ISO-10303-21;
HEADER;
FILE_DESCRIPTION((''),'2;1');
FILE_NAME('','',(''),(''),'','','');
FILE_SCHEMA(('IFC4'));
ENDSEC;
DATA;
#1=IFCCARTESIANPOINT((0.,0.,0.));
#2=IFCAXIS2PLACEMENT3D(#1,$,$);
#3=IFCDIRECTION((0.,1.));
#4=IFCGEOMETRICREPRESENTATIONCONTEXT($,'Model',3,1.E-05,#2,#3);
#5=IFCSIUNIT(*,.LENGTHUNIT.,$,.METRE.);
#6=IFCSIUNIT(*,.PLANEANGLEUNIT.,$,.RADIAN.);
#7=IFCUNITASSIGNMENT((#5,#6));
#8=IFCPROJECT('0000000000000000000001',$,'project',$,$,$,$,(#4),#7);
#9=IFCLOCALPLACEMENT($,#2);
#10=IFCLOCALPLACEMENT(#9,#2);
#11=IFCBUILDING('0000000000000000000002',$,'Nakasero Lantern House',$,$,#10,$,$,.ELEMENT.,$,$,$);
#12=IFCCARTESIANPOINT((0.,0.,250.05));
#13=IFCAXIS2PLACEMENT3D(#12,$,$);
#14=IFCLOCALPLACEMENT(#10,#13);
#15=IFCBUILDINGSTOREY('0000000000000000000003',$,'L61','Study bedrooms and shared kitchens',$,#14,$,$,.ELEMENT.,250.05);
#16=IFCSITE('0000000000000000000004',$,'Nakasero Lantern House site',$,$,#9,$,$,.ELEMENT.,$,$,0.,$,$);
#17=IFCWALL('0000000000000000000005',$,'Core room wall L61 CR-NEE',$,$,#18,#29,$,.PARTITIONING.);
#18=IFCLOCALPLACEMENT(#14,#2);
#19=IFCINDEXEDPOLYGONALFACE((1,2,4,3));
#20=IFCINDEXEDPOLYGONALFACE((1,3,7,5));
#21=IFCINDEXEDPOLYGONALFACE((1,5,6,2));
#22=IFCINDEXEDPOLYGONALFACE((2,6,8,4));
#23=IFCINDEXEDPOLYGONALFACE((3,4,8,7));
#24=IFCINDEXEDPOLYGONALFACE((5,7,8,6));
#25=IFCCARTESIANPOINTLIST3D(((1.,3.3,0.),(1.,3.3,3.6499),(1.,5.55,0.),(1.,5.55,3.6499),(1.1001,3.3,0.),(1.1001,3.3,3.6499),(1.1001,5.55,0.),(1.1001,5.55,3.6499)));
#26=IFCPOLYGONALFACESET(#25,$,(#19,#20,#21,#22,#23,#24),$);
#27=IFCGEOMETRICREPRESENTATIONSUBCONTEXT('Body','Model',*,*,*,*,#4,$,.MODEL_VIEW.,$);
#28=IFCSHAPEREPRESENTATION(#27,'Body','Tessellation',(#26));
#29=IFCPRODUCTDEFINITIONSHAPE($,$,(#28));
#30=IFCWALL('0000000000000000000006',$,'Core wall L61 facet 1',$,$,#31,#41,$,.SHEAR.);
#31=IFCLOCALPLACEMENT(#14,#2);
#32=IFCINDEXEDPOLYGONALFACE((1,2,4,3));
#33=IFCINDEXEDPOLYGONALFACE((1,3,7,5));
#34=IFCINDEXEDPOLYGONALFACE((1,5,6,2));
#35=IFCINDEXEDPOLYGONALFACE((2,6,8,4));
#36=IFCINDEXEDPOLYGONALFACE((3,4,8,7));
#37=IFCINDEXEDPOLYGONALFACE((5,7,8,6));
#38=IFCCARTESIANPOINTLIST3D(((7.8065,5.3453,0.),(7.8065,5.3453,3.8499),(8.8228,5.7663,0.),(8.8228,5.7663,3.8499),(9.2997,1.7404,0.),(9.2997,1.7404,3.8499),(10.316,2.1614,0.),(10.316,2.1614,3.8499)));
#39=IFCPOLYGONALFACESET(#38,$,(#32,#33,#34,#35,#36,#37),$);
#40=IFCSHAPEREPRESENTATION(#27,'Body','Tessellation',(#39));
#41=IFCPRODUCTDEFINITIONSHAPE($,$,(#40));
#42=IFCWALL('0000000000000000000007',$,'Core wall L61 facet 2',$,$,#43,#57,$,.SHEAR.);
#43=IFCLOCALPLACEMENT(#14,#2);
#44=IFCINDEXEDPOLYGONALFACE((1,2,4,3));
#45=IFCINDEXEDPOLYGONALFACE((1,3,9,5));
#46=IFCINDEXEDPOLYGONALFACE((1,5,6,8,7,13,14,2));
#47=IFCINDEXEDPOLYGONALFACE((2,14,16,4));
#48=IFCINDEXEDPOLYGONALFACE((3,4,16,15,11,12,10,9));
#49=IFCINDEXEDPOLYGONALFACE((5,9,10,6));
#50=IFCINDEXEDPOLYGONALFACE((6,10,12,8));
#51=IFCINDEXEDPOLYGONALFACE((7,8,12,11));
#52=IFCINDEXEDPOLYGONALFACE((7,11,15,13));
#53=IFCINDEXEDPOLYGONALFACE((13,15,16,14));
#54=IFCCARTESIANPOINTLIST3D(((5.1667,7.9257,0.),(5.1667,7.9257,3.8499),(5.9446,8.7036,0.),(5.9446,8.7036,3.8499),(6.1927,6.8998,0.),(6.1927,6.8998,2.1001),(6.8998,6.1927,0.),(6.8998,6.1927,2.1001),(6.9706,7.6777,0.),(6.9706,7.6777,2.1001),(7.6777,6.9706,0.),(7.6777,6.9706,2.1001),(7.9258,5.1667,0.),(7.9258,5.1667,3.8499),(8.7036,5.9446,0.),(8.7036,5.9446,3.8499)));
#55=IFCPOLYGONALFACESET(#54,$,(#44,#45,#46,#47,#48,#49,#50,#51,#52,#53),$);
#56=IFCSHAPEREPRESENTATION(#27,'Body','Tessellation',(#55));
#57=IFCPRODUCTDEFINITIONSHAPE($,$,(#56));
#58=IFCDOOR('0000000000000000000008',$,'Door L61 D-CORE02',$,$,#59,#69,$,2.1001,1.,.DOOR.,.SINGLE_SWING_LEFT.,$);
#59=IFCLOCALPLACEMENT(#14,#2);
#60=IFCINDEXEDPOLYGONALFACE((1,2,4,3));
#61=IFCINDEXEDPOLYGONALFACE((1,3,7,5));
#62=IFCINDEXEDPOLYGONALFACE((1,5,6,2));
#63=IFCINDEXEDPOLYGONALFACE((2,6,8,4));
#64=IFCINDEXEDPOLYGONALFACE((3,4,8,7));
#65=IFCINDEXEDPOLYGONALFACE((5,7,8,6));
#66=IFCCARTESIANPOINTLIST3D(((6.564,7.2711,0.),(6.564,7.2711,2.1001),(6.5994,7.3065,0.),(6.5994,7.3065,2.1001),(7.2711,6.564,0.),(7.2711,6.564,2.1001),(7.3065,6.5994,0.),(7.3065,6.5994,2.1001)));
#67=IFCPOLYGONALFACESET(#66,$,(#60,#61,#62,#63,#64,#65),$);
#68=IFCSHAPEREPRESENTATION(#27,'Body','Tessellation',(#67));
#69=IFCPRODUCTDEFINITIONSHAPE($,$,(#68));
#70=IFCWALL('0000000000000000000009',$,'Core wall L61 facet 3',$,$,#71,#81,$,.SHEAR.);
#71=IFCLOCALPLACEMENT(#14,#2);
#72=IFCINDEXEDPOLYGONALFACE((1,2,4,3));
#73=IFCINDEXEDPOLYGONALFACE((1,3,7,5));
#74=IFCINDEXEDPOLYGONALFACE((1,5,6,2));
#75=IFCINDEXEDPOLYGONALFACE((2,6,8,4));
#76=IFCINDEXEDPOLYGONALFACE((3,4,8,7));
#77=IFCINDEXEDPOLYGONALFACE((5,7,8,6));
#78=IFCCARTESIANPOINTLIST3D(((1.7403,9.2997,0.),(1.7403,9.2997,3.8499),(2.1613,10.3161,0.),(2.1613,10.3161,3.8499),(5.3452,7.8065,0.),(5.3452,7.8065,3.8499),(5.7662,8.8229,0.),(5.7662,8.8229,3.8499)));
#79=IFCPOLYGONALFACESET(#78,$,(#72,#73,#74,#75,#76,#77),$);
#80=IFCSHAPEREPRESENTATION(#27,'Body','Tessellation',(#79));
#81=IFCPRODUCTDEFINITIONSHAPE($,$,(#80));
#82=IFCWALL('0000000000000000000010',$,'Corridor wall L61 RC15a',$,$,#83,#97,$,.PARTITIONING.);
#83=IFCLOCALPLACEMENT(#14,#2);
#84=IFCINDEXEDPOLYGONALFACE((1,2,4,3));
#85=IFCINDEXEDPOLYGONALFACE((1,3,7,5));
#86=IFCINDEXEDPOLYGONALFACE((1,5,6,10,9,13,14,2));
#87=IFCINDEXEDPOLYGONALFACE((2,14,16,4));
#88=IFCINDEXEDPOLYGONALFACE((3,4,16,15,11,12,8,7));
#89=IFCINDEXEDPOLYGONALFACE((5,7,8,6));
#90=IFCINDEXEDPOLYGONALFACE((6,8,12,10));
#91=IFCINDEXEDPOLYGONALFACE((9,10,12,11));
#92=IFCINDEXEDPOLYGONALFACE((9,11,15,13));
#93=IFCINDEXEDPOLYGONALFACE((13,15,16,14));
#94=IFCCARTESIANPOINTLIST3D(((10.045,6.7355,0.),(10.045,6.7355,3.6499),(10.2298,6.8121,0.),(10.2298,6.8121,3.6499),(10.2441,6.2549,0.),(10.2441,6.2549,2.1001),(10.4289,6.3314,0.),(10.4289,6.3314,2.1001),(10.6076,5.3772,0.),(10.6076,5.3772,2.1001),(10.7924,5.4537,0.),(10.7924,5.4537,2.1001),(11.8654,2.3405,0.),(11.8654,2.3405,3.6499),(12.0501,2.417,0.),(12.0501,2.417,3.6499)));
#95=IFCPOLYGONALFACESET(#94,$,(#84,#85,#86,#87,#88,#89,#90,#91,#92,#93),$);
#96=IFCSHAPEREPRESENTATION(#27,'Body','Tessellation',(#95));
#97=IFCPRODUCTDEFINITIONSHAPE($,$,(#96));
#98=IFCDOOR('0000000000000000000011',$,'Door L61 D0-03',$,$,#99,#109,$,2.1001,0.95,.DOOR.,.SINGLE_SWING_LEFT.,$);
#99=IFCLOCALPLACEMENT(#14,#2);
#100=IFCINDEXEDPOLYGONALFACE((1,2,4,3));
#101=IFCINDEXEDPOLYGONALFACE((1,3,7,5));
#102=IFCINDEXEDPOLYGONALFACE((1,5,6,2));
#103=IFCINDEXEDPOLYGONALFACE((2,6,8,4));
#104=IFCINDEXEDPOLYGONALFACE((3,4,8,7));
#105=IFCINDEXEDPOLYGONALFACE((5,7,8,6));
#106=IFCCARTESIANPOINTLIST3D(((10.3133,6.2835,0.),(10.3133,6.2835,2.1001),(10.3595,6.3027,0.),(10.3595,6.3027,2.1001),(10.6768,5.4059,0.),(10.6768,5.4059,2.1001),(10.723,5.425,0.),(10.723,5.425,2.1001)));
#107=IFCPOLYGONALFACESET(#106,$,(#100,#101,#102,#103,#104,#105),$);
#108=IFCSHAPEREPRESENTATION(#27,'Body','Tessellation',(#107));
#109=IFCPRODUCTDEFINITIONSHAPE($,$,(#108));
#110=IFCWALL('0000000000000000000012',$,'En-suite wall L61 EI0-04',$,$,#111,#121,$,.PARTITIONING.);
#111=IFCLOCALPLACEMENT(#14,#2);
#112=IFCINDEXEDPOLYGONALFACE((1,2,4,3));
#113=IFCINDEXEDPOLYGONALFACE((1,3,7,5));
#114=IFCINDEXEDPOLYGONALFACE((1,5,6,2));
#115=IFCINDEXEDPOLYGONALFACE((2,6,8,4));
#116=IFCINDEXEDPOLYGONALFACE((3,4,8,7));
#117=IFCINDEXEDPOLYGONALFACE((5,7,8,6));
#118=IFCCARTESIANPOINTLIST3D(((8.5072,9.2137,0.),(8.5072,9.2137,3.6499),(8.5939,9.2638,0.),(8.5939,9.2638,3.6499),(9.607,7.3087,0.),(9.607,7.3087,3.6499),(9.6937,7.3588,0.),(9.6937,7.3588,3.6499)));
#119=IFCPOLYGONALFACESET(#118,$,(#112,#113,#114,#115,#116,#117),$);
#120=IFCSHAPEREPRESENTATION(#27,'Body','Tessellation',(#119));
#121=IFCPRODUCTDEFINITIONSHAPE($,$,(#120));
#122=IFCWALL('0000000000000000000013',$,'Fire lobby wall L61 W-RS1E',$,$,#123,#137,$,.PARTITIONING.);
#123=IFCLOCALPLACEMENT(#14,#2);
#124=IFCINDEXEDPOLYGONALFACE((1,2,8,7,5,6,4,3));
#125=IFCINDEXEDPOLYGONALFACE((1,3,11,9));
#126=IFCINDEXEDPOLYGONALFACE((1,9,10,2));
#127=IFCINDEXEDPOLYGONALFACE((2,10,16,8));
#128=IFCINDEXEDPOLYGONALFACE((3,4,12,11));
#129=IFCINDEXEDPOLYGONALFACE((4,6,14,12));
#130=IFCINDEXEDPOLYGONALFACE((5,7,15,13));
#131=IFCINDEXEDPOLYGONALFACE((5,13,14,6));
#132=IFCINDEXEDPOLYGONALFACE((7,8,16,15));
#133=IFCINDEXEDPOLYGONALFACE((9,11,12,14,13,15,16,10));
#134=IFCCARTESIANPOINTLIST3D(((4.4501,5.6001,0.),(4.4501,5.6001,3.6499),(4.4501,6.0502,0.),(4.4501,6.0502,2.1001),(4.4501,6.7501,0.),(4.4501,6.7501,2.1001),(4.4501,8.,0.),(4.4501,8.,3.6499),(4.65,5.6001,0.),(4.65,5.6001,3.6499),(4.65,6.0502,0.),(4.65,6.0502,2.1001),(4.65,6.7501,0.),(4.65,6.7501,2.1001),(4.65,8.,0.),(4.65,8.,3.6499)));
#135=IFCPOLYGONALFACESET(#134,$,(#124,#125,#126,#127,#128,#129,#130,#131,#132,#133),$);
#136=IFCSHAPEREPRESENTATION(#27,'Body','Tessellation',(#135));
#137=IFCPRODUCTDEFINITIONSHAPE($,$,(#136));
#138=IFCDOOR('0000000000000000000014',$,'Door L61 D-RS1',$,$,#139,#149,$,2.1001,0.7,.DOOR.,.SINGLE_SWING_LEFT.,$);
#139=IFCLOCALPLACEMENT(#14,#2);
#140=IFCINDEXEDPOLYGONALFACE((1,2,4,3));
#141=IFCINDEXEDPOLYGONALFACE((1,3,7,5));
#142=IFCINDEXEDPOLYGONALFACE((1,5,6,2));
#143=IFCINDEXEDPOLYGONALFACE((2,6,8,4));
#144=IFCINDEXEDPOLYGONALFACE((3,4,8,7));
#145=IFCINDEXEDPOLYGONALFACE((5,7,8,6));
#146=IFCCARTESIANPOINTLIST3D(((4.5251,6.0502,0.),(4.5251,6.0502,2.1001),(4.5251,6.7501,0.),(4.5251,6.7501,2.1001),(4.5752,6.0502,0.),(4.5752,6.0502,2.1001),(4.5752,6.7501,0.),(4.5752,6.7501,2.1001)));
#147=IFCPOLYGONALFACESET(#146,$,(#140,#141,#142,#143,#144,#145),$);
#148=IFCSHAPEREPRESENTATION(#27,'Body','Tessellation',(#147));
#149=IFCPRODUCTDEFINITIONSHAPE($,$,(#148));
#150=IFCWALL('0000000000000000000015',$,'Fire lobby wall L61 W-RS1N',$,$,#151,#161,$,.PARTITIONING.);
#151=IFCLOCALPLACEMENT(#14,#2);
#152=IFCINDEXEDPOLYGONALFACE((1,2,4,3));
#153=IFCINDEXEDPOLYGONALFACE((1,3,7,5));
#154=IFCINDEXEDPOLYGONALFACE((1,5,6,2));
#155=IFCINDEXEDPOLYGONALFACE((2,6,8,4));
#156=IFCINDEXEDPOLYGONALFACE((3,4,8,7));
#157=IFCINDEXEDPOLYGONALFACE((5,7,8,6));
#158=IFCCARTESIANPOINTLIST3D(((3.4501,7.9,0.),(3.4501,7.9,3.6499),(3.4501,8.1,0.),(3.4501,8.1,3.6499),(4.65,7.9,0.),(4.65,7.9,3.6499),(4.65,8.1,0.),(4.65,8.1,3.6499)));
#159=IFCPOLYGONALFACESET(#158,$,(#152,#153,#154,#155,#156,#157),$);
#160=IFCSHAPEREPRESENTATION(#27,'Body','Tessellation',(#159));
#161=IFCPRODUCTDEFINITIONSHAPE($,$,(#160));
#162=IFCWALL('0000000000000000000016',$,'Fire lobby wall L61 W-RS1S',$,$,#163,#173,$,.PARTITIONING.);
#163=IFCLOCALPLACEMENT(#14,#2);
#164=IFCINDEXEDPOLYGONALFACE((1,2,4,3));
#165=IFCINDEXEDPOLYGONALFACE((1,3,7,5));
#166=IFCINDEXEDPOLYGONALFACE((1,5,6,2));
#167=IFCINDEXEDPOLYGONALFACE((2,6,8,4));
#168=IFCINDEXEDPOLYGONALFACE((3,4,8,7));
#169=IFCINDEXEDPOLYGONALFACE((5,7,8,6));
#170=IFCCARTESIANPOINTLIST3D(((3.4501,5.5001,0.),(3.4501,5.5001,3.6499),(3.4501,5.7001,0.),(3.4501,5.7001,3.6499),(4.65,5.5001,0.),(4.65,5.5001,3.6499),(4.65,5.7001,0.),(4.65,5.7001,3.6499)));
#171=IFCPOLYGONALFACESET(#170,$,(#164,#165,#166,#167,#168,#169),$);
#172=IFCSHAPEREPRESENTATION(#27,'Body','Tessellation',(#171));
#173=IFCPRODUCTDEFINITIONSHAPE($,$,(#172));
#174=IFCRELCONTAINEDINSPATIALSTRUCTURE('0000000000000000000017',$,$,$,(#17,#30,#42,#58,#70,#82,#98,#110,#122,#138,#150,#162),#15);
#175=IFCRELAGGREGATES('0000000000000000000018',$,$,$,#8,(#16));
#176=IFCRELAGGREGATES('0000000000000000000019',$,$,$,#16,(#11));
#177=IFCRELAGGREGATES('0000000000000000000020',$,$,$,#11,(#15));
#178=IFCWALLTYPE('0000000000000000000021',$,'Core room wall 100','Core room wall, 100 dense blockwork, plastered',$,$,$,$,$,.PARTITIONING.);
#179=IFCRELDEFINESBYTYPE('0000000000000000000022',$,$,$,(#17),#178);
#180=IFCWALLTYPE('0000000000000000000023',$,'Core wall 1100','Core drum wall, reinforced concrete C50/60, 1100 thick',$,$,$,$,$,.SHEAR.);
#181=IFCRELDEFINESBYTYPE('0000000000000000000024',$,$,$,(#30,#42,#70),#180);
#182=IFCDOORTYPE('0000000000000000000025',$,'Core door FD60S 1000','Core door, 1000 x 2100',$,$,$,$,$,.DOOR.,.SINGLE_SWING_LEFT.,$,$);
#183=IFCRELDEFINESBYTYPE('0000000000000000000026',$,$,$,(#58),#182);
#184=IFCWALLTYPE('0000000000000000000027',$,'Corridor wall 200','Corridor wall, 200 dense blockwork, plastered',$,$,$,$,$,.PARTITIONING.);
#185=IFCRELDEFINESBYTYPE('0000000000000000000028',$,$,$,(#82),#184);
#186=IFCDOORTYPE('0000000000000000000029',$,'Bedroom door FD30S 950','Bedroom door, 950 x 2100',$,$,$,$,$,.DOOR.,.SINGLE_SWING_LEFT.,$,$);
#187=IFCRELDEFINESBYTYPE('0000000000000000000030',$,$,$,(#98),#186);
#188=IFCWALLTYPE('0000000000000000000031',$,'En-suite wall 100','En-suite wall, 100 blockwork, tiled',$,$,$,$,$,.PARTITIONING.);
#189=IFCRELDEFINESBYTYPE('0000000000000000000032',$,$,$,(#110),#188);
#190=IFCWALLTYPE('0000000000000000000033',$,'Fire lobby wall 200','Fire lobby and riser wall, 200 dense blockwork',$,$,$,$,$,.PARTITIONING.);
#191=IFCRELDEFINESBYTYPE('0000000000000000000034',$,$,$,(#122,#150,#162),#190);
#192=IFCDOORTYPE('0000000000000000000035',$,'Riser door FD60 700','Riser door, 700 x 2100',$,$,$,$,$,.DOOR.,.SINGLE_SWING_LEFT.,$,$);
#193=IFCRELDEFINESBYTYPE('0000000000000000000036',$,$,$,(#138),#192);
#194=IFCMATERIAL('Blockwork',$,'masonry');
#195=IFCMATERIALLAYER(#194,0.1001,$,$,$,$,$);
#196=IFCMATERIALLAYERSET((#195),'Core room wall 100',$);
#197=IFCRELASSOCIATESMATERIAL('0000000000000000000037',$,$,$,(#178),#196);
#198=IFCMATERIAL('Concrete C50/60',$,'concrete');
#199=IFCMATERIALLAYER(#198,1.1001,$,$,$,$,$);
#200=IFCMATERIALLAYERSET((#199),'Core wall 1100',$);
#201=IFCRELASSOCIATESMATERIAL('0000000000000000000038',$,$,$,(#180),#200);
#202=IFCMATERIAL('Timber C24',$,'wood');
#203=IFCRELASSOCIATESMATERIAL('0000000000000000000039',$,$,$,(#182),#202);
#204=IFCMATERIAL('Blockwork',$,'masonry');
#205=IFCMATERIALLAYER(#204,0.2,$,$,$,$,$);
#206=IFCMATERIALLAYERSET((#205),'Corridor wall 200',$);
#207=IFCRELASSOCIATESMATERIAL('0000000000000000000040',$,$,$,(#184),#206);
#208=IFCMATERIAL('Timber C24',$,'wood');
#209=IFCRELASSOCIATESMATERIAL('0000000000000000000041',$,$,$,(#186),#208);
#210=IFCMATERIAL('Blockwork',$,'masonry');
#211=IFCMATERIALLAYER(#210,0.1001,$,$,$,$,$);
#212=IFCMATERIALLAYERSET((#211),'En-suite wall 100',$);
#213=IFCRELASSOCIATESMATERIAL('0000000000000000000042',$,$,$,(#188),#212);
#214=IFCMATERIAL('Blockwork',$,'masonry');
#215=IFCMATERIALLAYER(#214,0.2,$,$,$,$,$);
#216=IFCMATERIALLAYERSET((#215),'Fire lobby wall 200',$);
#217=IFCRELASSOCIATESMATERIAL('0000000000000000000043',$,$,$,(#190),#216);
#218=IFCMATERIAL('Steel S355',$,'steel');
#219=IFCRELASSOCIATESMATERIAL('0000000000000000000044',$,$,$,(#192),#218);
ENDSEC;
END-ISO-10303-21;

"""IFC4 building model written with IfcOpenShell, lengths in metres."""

from ifc_helpers import new_model, si_unit, direction, frame, frame_2d, origin, place, context, subcontext, project, spatial, rectangle, extrude, material, layer, layer_set, type_object, element, fill, save


model = new_model("IFC4")

# Units and contexts
model_context = context("Model", 3, precision=1e-05, world=origin(), true_north=direction((0.0, 1.0)))
body_context = subcontext(model_context, "Body", "Model", "MODEL_VIEW")
ifc_project = project(units=[si_unit("LENGTHUNIT", "METRE"), si_unit("PLANEANGLEUNIT", "RADIAN")], contexts=[model_context])

# Site, building, storey
site_placement = place(None, origin())
site = spatial("IfcSite", under=ifc_project, at=site_placement, Name="Nakasero Lantern House site", CompositionType="ELEMENT", RefElevation=0.0)
building_placement = place(site_placement, origin())
building = spatial("IfcBuilding", under=site, at=building_placement, Name="Nakasero Lantern House", CompositionType="ELEMENT")
storey_placement = place(building_placement, frame((0.0, 0.0, 250.05)))
storey = spatial("IfcBuildingStorey", under=building, at=storey_placement, Name="L61", Description="Study bedrooms and shared kitchens", CompositionType="ELEMENT", Elevation=250.05)

# Walls
ifc_material_1 = material(Name="Blockwork", Category="masonry")
ifc_layer_1 = layer(ifc_material_1, 0.1001)
ifc_layer_set_1 = layer_set([ifc_layer_1], Name="Core room wall 100")
wall_type_1 = type_object("IfcWallType", Name="Core room wall 100", Description="Core room wall, 100 dense blockwork, plastered", PredefinedType="PARTITIONING", material=ifc_layer_set_1)
wall_1_placement = place(storey_placement, frame((1.05, 3.3, 0.0), z_axis=(0.0, 0.0, 1.0), x_axis=(0.0, 1.0, 0.0)))
element("IfcWall", 1, at=wall_1_placement, inside=storey, type_object=wall_type_1, Name="Core room wall L61 CR-NEE", PredefinedType="PARTITIONING", context=body_context, shape_type="SweptSolid", body=[
    extrude(rectangle(XDim=2.25, YDim=0.1001, at=frame_2d((1.125, 0.0))), origin(), (0.0, 0.0, 1.0), 3.6499),
])
ifc_material_2 = material(Name="Concrete C50/60", Category="concrete")
ifc_layer_2 = layer(ifc_material_2, 1.1001)
ifc_layer_set_2 = layer_set([ifc_layer_2], Name="Core wall 1100")
wall_type_2 = type_object("IfcWallType", Name="Core wall 1100", Description="Core drum wall, reinforced concrete C50/60, 1100 thick", PredefinedType="SHEAR", material=ifc_layer_set_2)
wall_2_placement = place(storey_placement, frame((9.8079, 1.9509, 0.0), z_axis=(0.0, 0.0, 1.0), x_axis=(-0.382691, 0.923877, 0.0)))
element("IfcWall", 2, at=wall_2_placement, inside=storey, type_object=wall_type_2, Name="Core wall L61 facet 1", PredefinedType="SHEAR", context=body_context, shape_type="SweptSolid", body=[
    extrude(rectangle(XDim=3.9019, YDim=1.1001, at=frame_2d((1.9509, 0.0))), origin(), (0.0, 0.0, 1.0), 3.8499),
])

# Wall, opening, door
wall_3_placement = place(storey_placement, frame((8.3147, 5.5557, 0.0), z_axis=(0.0, 0.0, 1.0), x_axis=(-0.707107, 0.707107, 0.0)))
wall_3 = element("IfcWall", 3, at=wall_3_placement, inside=storey, type_object=wall_type_2, Name="Core wall L61 facet 2", PredefinedType="SHEAR", context=body_context, shape_type="SweptSolid", body=[
    extrude(rectangle(XDim=3.9019, YDim=1.1001, at=frame_2d((1.9509, 0.0))), origin(), (0.0, 0.0, 1.0), 3.8499),
])
opening_1_placement = place(wall_3_placement, frame((1.4509, 0.0, 0.0)))
opening_1 = element("IfcOpeningElement", 4, at=opening_1_placement, cuts=wall_3, PredefinedType="OPENING", context=body_context, shape_type="SweptSolid", body=[
    extrude(rectangle(XDim=1.0, YDim=2.1001, at=frame_2d((0.5, 1.05))), frame((0.0, 0.5701, 0.0), z_axis=(0.0, -1.0, 0.0), x_axis=(1.0, 0.0, 0.0)), (0.0, 0.0, 1.0), 1.1401),
])
ifc_material_3 = material(Name="Timber C24", Category="wood")
door_type_1 = type_object("IfcDoorType", Name="Core door FD60S 1000", Description="Core door, 1000 x 2100", OperationType="SINGLE_SWING_LEFT", PredefinedType="DOOR", material=ifc_material_3)
door_1_placement = place(opening_1_placement, origin())
door_1 = element("IfcDoor", 5, at=door_1_placement, inside=storey, type_object=door_type_1, Name="Door L61 D-CORE02", OperationType="SINGLE_SWING_LEFT", OverallHeight=2.1001, OverallWidth=1.0, PredefinedType="DOOR", context=body_context, shape_type="SweptSolid", body=[
    extrude(rectangle(XDim=1.0, YDim=2.1001, at=frame_2d((0.5, 1.05))), frame((0.0, 0.0249, 0.0), z_axis=(0.0, -1.0, 0.0), x_axis=(1.0, 0.0, 0.0)), (0.0, 0.0, 1.0), 0.05),
])
fill(opening_1, door_1)

# Wall
wall_4_placement = place(storey_placement, frame((5.5557, 8.3147, 0.0), z_axis=(0.0, 0.0, 1.0), x_axis=(-0.923877, 0.382691, 0.0)))
element("IfcWall", 6, at=wall_4_placement, inside=storey, type_object=wall_type_2, Name="Core wall L61 facet 3", PredefinedType="SHEAR", context=body_context, shape_type="SweptSolid", body=[
    extrude(rectangle(XDim=3.9019, YDim=1.1001, at=frame_2d((1.9509, 0.0))), origin(), (0.0, 0.0, 1.0), 3.8499),
])

# Wall, opening, door
ifc_material_4 = material(Name="Blockwork", Category="masonry")
ifc_layer_3 = layer(ifc_material_4, 0.2)
ifc_layer_set_3 = layer_set([ifc_layer_3], Name="Corridor wall 200")
wall_type_3 = type_object("IfcWallType", Name="Corridor wall 200", Description="Corridor wall, 200 dense blockwork, plastered", PredefinedType="PARTITIONING", material=ifc_layer_set_3)
wall_5_placement = place(storey_placement, frame((10.1375, 6.7737, 0.0), z_axis=(0.0, 0.0, 1.0), x_axis=(0.382654, -0.923892, 0.0)))
wall_5 = element("IfcWall", 7, at=wall_5_placement, inside=storey, type_object=wall_type_3, Name="Corridor wall L61 RC15a", PredefinedType="PARTITIONING", context=body_context, shape_type="SweptSolid", body=[
    extrude(rectangle(XDim=4.7571, YDim=0.2, at=frame_2d((2.3784, 0.0))), origin(), (0.0, 0.0, 1.0), 3.6499),
])
opening_2_placement = place(wall_5_placement, frame((0.52, 0.0, 0.0)))
opening_2 = element("IfcOpeningElement", 8, at=opening_2_placement, cuts=wall_5, PredefinedType="OPENING", context=body_context, shape_type="SweptSolid", body=[
    extrude(rectangle(XDim=0.95, YDim=2.1001, at=frame_2d((0.4751, 1.05))), frame((0.0, 0.1199, 0.0), z_axis=(0.0, -1.0, 0.0), x_axis=(1.0, 0.0, 0.0)), (0.0, 0.0, 1.0), 0.24),
])
ifc_material_5 = material(Name="Timber C24", Category="wood")
door_type_2 = type_object("IfcDoorType", Name="Bedroom door FD30S 950", Description="Bedroom door, 950 x 2100", OperationType="SINGLE_SWING_LEFT", PredefinedType="DOOR", material=ifc_material_5)
door_2_placement = place(opening_2_placement, origin())
door_2 = element("IfcDoor", 9, at=door_2_placement, inside=storey, type_object=door_type_2, Name="Door L61 D0-03", OperationType="SINGLE_SWING_LEFT", OverallHeight=2.1001, OverallWidth=0.95, PredefinedType="DOOR", context=body_context, shape_type="SweptSolid", body=[
    extrude(rectangle(XDim=0.95, YDim=2.1001, at=frame_2d((0.4751, 1.05))), frame((0.0, 0.0249, 0.0), z_axis=(0.0, -1.0, 0.0), x_axis=(1.0, 0.0, 0.0)), (0.0, 0.0, 1.0), 0.05),
])
fill(opening_2, door_2)

# Wall
ifc_material_6 = material(Name="Blockwork", Category="masonry")
ifc_layer_4 = layer(ifc_material_6, 0.1001)
ifc_layer_set_4 = layer_set([ifc_layer_4], Name="En-suite wall 100")
wall_type_4 = type_object("IfcWallType", Name="En-suite wall 100", Description="En-suite wall, 100 blockwork, tiled", PredefinedType="PARTITIONING", material=ifc_layer_set_4)
wall_6_placement = place(storey_placement, frame((9.6504, 7.3337, 0.0), z_axis=(0.0, 0.0, 1.0), x_axis=(-0.499995, 0.866028, 0.0)))
element("IfcWall", 10, at=wall_6_placement, inside=storey, type_object=wall_type_4, Name="En-suite wall L61 EI0-04", PredefinedType="PARTITIONING", context=body_context, shape_type="SweptSolid", body=[
    extrude(rectangle(XDim=2.1997, YDim=0.1001, at=frame_2d((1.0999, 0.0))), origin(), (0.0, 0.0, 1.0), 3.6499),
])

# Wall, opening, door
ifc_material_7 = material(Name="Blockwork", Category="masonry")
ifc_layer_5 = layer(ifc_material_7, 0.2)
ifc_layer_set_5 = layer_set([ifc_layer_5], Name="Fire lobby wall 200")
wall_type_5 = type_object("IfcWallType", Name="Fire lobby wall 200", Description="Fire lobby and riser wall, 200 dense blockwork", PredefinedType="PARTITIONING", material=ifc_layer_set_5)
wall_7_placement = place(storey_placement, frame((4.55, 5.6001, 0.0), z_axis=(0.0, 0.0, 1.0), x_axis=(0.0, 1.0, 0.0)))
wall_7 = element("IfcWall", 11, at=wall_7_placement, inside=storey, type_object=wall_type_5, Name="Fire lobby wall L61 W-RS1E", PredefinedType="PARTITIONING", context=body_context, shape_type="SweptSolid", body=[
    extrude(rectangle(XDim=2.3999, YDim=0.2, at=frame_2d((1.2, 0.0))), origin(), (0.0, 0.0, 1.0), 3.6499),
])
opening_3_placement = place(wall_7_placement, frame((0.45, 0.0, 0.0)))
opening_3 = element("IfcOpeningElement", 12, at=opening_3_placement, cuts=wall_7, PredefinedType="OPENING", context=body_context, shape_type="SweptSolid", body=[
    extrude(rectangle(XDim=0.7, YDim=2.1001, at=frame_2d((0.3501, 1.05))), frame((0.0, 0.1199, 0.0), z_axis=(0.0, -1.0, 0.0), x_axis=(1.0, 0.0, 0.0)), (0.0, 0.0, 1.0), 0.24),
])
ifc_material_8 = material(Name="Steel S355", Category="steel")
door_type_3 = type_object("IfcDoorType", Name="Riser door FD60 700", Description="Riser door, 700 x 2100", OperationType="SINGLE_SWING_LEFT", PredefinedType="DOOR", material=ifc_material_8)
door_3_placement = place(opening_3_placement, origin())
door_3 = element("IfcDoor", 13, at=door_3_placement, inside=storey, type_object=door_type_3, Name="Door L61 D-RS1", OperationType="SINGLE_SWING_LEFT", OverallHeight=2.1001, OverallWidth=0.7, PredefinedType="DOOR", context=body_context, shape_type="SweptSolid", body=[
    extrude(rectangle(XDim=0.7, YDim=2.1001, at=frame_2d((0.3501, 1.05))), frame((0.0, 0.0249, 0.0), z_axis=(0.0, -1.0, 0.0), x_axis=(1.0, 0.0, 0.0)), (0.0, 0.0, 1.0), 0.05),
])
fill(opening_3, door_3)

# Walls
for number, where, z_axis, x_axis, name in (
    (14, (3.45, 8.0, 0.0), (0.0, 0.0, 1.0), (1.0, 0.0, 0.0), "Fire lobby wall L61 W-RS1N"),
    (15, (3.45, 5.6001, 0.0), (0.0, 0.0, 1.0), (1.0, 0.0, 0.0), "Fire lobby wall L61 W-RS1S"),
):
    element("IfcWall", number, at=place(storey_placement, frame(where, z_axis=z_axis, x_axis=x_axis)), inside=storey, type_object=wall_type_5, Name=name, PredefinedType="PARTITIONING", context=body_context, shape_type="SweptSolid", body=[
        extrude(rectangle(XDim=1.2, YDim=0.2, at=frame_2d((0.6001, 0.0))), origin(), (0.0, 0.0, 1.0), 3.6499),
    ])

save(model, "model.ifc")
